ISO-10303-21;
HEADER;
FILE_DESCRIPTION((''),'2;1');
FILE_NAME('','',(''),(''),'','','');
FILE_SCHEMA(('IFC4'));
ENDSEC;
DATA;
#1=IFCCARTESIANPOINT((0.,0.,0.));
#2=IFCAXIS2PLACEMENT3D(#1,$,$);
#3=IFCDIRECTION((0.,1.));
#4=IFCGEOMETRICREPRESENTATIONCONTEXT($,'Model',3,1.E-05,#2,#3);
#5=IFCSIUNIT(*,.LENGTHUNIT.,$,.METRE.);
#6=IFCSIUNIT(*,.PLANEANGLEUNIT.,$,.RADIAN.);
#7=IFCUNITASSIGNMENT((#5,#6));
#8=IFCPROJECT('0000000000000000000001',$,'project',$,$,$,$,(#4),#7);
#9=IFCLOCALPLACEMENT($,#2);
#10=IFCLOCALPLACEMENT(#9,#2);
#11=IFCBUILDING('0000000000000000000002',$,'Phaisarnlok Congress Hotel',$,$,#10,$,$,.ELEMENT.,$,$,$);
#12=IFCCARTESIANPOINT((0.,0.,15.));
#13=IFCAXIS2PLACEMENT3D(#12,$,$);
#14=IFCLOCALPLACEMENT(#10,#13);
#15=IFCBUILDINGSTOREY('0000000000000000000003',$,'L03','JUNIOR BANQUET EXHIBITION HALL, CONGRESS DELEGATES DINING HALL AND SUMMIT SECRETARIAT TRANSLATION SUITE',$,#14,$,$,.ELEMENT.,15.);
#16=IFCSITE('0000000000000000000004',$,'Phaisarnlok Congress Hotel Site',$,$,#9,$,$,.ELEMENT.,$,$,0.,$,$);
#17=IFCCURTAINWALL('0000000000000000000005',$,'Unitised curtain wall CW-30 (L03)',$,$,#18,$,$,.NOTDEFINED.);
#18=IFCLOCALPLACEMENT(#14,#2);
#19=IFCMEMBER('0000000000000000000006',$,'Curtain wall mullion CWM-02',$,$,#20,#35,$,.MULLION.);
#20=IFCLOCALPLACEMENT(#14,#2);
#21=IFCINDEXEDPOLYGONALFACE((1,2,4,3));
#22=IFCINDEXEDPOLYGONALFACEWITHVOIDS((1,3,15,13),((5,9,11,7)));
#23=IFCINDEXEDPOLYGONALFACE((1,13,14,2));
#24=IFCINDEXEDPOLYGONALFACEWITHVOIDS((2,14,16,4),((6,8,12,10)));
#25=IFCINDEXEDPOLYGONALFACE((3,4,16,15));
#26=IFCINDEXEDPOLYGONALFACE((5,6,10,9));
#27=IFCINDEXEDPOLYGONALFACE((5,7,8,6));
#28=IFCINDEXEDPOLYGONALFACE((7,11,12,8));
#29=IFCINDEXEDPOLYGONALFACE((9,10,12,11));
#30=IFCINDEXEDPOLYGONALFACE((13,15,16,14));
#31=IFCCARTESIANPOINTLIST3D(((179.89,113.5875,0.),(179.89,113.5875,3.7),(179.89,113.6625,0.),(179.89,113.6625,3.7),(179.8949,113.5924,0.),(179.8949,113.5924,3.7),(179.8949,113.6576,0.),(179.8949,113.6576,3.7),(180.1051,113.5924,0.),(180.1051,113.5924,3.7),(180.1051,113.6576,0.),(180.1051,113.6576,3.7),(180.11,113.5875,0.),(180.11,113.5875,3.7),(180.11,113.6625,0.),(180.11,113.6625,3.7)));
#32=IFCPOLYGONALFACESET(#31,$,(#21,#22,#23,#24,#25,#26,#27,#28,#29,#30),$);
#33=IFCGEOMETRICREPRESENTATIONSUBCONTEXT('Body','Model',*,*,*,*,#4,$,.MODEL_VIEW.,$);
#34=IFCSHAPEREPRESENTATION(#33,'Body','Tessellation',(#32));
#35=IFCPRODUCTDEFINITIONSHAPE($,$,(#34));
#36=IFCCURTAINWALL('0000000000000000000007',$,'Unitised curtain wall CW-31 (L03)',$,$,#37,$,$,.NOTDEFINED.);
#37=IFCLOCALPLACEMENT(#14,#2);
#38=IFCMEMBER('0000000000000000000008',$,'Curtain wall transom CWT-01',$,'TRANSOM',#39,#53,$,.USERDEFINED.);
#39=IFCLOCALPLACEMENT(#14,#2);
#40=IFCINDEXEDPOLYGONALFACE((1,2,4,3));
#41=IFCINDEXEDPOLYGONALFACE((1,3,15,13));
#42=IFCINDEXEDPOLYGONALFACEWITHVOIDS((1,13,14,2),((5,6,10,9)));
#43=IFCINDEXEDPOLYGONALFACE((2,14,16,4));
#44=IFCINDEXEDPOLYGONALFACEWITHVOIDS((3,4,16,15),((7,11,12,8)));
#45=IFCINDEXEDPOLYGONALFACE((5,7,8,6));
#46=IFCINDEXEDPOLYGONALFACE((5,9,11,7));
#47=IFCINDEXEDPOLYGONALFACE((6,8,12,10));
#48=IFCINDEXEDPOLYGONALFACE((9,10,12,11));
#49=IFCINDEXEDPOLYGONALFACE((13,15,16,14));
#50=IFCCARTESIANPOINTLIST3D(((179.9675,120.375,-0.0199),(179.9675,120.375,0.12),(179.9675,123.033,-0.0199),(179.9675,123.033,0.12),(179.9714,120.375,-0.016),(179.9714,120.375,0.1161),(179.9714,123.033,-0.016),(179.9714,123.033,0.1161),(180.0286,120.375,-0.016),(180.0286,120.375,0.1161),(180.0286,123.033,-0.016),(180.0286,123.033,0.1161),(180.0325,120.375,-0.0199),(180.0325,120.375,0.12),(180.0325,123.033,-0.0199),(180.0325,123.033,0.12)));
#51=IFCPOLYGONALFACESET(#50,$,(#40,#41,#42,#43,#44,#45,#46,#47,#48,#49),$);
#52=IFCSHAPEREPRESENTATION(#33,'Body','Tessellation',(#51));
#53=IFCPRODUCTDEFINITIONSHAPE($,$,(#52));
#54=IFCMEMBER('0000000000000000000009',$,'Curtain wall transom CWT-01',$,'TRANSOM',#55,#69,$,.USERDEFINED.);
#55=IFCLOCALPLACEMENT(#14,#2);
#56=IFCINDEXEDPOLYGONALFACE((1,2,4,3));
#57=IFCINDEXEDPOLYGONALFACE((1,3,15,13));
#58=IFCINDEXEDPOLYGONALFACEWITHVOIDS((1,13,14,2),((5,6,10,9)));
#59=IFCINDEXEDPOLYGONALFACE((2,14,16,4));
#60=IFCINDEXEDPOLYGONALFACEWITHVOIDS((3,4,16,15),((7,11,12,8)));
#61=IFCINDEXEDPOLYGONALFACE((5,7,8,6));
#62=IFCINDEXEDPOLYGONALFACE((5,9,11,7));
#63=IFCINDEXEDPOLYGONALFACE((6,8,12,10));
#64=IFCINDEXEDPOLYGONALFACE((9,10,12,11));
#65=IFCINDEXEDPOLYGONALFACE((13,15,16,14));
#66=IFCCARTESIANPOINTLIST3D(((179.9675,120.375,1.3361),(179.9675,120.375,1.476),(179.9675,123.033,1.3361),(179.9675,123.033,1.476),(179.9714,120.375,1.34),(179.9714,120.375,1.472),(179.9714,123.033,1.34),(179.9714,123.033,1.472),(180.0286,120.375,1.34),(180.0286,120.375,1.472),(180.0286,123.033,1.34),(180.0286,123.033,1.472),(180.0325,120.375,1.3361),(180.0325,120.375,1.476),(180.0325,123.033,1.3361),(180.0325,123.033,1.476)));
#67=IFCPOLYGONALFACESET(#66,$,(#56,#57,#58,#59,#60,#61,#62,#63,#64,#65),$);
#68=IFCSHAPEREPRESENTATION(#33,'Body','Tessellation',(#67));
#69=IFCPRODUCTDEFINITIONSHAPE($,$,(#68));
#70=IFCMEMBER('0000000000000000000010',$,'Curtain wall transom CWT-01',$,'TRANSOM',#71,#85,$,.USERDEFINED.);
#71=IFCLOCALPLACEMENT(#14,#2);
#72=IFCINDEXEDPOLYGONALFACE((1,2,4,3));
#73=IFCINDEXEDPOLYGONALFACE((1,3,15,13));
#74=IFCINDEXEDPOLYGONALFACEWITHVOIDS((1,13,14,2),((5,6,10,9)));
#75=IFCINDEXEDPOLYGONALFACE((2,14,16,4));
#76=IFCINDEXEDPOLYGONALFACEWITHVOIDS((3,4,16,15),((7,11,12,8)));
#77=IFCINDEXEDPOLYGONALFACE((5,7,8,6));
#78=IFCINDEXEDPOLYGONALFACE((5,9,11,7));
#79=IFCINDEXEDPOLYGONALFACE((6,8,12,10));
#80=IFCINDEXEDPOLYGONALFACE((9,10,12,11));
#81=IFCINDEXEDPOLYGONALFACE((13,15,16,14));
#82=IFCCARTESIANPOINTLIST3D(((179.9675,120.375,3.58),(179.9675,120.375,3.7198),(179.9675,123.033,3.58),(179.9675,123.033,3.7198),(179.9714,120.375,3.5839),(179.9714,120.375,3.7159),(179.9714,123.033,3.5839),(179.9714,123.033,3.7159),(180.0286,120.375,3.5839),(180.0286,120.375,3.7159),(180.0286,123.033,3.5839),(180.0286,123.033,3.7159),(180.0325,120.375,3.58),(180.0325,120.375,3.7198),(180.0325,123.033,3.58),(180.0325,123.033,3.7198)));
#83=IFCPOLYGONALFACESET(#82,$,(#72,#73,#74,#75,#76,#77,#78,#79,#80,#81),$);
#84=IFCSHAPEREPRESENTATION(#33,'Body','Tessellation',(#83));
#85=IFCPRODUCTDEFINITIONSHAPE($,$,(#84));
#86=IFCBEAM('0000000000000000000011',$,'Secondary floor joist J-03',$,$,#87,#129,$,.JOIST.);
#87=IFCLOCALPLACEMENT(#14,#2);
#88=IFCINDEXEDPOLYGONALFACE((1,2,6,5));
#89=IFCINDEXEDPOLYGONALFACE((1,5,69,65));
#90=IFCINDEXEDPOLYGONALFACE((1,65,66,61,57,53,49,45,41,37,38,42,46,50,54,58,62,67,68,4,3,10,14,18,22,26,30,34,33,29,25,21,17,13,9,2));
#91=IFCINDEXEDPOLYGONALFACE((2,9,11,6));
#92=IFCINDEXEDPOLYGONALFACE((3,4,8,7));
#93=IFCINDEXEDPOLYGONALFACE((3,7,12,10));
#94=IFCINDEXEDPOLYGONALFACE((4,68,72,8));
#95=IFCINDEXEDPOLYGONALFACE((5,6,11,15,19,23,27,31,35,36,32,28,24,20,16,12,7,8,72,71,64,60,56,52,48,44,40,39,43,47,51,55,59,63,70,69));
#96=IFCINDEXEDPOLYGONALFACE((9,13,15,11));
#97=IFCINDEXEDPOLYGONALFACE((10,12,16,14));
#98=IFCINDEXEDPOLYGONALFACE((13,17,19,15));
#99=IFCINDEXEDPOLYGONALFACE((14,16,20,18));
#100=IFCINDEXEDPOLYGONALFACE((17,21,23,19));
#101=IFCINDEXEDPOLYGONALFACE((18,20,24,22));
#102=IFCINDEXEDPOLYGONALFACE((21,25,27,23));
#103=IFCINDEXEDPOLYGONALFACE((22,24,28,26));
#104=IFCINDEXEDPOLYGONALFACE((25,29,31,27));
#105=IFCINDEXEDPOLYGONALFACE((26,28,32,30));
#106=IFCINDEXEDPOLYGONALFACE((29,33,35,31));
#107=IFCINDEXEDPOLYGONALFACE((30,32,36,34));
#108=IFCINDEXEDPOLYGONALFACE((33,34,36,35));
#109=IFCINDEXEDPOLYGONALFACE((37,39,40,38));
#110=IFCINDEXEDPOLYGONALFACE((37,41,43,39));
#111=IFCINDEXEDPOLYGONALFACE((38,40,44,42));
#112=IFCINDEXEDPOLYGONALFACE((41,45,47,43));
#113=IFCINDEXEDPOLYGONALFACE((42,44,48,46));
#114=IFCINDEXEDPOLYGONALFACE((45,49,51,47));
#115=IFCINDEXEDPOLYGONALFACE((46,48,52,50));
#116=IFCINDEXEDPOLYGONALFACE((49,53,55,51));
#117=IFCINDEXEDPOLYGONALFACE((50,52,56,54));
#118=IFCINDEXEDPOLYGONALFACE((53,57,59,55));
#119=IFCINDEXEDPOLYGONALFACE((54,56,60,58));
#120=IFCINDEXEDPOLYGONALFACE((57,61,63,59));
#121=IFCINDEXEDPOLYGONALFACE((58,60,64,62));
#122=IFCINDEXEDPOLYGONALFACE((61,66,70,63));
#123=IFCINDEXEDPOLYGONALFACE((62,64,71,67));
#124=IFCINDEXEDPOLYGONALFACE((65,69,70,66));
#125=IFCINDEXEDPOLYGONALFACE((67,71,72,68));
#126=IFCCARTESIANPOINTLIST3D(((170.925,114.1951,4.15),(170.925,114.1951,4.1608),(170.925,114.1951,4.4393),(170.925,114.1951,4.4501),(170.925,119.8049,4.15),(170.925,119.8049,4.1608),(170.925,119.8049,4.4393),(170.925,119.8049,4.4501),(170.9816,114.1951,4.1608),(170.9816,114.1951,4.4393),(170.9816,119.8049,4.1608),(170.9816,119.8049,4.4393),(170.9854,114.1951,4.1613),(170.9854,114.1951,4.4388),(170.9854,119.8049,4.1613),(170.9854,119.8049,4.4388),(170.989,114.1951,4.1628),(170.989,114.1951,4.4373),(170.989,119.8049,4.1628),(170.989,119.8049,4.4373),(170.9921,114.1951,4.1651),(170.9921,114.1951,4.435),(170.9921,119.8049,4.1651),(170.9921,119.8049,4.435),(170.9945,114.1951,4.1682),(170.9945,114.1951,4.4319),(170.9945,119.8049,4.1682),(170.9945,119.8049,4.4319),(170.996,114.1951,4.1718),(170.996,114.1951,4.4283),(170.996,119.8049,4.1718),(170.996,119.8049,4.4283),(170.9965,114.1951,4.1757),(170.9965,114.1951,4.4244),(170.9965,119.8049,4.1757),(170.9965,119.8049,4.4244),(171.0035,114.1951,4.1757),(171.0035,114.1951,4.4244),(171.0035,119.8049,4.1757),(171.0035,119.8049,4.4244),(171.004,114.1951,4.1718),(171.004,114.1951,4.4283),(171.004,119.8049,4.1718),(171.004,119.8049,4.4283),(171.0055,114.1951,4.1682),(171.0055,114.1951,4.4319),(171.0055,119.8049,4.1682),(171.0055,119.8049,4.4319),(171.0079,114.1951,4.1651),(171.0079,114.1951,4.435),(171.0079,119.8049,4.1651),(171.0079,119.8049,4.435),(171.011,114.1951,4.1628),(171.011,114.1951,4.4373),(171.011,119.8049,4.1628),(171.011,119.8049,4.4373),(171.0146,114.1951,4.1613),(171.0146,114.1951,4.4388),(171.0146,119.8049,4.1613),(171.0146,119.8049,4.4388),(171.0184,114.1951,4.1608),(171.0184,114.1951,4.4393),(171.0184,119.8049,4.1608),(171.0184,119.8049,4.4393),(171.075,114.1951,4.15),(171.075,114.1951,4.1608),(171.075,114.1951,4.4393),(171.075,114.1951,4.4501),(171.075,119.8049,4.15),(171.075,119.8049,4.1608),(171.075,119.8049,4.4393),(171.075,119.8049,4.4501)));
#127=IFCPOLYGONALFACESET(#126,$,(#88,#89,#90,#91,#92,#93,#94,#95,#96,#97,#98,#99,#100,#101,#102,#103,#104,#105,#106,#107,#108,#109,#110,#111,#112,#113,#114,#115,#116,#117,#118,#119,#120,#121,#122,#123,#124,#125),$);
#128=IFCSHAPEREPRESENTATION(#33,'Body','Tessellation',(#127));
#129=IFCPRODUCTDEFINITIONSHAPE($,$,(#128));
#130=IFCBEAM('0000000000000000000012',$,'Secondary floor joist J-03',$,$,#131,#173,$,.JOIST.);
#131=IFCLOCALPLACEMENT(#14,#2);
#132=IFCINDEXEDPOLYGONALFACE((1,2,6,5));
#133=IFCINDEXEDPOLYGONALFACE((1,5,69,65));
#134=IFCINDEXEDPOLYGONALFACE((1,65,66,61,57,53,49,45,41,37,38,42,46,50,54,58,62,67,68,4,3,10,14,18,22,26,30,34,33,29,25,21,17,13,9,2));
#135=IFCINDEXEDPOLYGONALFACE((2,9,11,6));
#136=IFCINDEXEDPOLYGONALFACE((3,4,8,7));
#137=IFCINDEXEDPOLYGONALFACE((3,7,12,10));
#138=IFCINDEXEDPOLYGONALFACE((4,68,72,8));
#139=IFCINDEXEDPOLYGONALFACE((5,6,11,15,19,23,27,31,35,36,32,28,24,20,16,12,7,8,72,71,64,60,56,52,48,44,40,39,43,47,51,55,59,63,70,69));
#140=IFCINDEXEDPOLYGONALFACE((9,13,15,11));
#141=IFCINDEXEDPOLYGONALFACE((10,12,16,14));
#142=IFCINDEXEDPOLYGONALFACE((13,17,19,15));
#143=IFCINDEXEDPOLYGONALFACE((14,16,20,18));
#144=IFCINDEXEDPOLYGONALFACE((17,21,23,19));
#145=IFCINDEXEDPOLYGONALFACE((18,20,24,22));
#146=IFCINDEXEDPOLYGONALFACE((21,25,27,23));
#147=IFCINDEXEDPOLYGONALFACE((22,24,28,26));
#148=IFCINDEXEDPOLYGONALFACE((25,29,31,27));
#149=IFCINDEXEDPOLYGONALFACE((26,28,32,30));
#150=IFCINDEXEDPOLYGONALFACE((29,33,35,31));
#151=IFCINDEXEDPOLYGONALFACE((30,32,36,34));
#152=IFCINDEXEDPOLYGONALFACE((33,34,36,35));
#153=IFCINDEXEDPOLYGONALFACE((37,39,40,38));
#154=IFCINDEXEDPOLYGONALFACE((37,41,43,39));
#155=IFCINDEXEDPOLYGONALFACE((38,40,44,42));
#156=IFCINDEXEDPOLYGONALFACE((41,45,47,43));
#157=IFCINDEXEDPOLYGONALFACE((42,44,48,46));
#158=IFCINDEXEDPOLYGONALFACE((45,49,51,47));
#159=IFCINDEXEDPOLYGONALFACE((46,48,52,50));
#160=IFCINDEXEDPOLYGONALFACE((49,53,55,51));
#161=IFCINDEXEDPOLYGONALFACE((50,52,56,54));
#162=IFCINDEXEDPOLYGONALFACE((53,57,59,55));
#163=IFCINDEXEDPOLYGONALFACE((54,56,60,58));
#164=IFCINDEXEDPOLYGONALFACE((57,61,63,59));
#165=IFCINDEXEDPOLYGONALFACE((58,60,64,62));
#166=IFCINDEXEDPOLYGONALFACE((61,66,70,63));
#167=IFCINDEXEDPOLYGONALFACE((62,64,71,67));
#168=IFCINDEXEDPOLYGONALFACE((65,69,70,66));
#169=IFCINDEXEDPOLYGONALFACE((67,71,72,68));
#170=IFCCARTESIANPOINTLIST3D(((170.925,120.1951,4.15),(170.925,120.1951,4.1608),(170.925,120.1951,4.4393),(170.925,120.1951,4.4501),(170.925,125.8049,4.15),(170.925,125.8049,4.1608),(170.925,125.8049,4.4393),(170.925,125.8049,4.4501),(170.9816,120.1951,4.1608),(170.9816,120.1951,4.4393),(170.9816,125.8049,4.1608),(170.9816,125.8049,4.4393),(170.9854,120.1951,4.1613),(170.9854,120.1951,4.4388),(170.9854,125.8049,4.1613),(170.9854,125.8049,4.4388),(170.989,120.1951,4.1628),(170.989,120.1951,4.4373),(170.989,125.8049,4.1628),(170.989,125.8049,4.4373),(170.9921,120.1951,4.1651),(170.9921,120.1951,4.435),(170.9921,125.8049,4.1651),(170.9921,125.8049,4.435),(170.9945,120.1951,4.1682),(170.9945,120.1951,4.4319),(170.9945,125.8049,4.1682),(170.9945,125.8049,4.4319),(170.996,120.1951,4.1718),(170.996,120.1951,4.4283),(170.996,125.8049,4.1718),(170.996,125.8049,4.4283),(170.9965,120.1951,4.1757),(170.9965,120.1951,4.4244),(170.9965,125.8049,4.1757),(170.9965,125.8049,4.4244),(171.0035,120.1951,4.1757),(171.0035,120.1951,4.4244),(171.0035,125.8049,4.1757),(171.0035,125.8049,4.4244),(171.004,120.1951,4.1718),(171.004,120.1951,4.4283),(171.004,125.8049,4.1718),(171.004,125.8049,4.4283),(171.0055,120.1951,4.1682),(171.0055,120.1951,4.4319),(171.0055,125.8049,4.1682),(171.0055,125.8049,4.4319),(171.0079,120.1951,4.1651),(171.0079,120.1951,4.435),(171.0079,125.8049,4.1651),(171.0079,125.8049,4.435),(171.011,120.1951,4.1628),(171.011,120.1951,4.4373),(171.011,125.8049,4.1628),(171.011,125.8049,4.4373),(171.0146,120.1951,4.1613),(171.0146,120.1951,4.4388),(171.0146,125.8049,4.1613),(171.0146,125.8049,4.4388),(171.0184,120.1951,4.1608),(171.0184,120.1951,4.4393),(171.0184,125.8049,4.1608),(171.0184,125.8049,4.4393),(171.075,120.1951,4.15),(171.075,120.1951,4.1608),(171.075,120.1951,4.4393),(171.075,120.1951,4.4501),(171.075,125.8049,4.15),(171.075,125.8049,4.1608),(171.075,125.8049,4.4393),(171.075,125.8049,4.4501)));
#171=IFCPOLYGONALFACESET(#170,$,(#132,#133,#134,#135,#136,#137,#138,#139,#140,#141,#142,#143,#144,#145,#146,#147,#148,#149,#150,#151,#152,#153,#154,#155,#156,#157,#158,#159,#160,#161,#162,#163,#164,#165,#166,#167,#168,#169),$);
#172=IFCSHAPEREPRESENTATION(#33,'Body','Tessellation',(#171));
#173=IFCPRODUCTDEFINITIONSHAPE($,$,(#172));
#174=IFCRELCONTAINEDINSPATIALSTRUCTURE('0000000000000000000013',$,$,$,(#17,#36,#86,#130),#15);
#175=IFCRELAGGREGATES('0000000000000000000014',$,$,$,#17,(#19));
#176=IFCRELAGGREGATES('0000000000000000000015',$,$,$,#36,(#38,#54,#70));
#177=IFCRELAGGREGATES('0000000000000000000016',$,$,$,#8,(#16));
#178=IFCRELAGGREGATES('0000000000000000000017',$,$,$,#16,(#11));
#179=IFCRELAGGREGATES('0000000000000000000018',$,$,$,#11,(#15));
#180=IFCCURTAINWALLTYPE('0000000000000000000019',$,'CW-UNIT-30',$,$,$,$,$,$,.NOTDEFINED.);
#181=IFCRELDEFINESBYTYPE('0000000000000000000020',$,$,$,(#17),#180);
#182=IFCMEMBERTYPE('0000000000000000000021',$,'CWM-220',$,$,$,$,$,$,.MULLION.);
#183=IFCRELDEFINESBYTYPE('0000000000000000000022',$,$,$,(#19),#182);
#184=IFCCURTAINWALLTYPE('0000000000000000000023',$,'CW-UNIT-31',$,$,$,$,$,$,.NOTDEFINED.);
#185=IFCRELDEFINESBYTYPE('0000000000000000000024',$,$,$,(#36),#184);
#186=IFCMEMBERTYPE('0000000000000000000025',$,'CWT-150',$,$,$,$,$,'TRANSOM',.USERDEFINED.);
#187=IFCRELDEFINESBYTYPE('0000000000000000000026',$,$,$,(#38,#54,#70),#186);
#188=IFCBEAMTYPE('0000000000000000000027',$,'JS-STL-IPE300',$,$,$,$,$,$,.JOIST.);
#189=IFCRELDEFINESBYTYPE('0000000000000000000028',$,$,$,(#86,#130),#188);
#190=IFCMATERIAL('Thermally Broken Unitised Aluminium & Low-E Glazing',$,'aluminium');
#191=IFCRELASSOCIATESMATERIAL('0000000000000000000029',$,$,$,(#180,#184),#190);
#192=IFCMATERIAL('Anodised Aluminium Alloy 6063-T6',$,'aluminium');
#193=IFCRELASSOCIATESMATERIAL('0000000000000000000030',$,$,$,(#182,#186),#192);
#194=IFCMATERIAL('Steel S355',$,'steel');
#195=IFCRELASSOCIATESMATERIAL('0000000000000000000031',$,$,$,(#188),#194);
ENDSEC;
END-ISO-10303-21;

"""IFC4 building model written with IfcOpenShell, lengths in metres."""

from ifc_helpers import new_model, si_unit, direction, frame, origin, origin_2d, place, context, subcontext, project, spatial, hollow_rectangle, i_section, extrude, material, material_profile, profile_set, type_object, element, aggregate, save


model = new_model("IFC4")

# Units and contexts
model_context = context("Model", 3, precision=1e-05, world=origin(), true_north=direction((0.0, 1.0)))
body_context = subcontext(model_context, "Body", "Model", "MODEL_VIEW")
ifc_project = project(units=[si_unit("LENGTHUNIT", "METRE"), si_unit("PLANEANGLEUNIT", "RADIAN")], contexts=[model_context])

# Site, building, storey
site_placement = place(None, origin())
site = spatial("IfcSite", under=ifc_project, at=site_placement, Name="Phaisarnlok Congress Hotel Site", CompositionType="ELEMENT", RefElevation=0.0)
building_placement = place(site_placement, origin())
building = spatial("IfcBuilding", under=site, at=building_placement, Name="Phaisarnlok Congress Hotel", CompositionType="ELEMENT")
storey_placement = place(building_placement, frame((0.0, 0.0, 15.0)))
storey = spatial("IfcBuildingStorey", under=building, at=storey_placement, Name="L03", Description="JUNIOR BANQUET EXHIBITION HALL, CONGRESS DELEGATES DINING HALL AND SUMMIT SECRETARIAT TRANSLATION SUITE", CompositionType="ELEMENT", Elevation=15.0)

# Shared definitions
ifc_material_1 = material(Name="Steel S355", Category="steel")

# Curtain wall, member
ifc_material_2 = material(Name="Thermally Broken Unitised Aluminium & Low-E Glazing", Category="aluminium")
curtain_wall_type_1 = type_object("IfcCurtainWallType", Name="CW-UNIT-30", PredefinedType="NOTDEFINED", material=ifc_material_2)
curtain_wall_1_placement = place(storey_placement, origin())
curtain_wall_1 = element("IfcCurtainWall", 1, at=curtain_wall_1_placement, inside=storey, type_object=curtain_wall_type_1, Name="Unitised curtain wall CW-30 (L03)", PredefinedType="NOTDEFINED")
ifc_material_3 = material(Name="Anodised Aluminium Alloy 6063-T6", Category="aluminium")
ifc_material_profile_1 = material_profile(ifc_material_3, hollow_rectangle(XDim=0.075, YDim=0.22, WallThickness=0.0049, at=origin_2d()), Name="ALU-M 75x220x5")
ifc_profile_set_1 = profile_set([ifc_material_profile_1], Name="Anodised Aluminium Alloy 6063-T6")
member_type_1 = type_object("IfcMemberType", Name="CWM-220", PredefinedType="MULLION", material=ifc_profile_set_1)
member_1_placement = place(storey_placement, frame((180.0, 113.625, 0.0), z_axis=(0.0, 0.0, 1.0), x_axis=(0.0, 1.0, 0.0)))
member_1 = element("IfcMember", 2, at=member_1_placement, type_object=member_type_1, Name="Curtain wall mullion CWM-02", PredefinedType="MULLION", context=body_context, shape_type="SweptSolid", body=[
    extrude(hollow_rectangle(XDim=0.075, YDim=0.22, WallThickness=0.0049, at=origin_2d()), origin(), (0.0, 0.0, 1.0), 3.7),
])

# Curtain wall, members
curtain_wall_type_2 = type_object("IfcCurtainWallType", Name="CW-UNIT-31", PredefinedType="NOTDEFINED", material=ifc_material_2)
curtain_wall_2_placement = place(storey_placement, origin())
curtain_wall_2 = element("IfcCurtainWall", 3, at=curtain_wall_2_placement, inside=storey, type_object=curtain_wall_type_2, Name="Unitised curtain wall CW-31 (L03)", PredefinedType="NOTDEFINED")
ifc_material_profile_2 = material_profile(ifc_material_3, hollow_rectangle(XDim=0.0649, YDim=0.1399, WallThickness=0.0039, at=origin_2d()), Name="ALU-T 65x140x4")
ifc_profile_set_2 = profile_set([ifc_material_profile_2], Name="Anodised Aluminium Alloy 6063-T6")
member_type_2 = type_object("IfcMemberType", Name="CWT-150", ElementType="TRANSOM", PredefinedType="USERDEFINED", material=ifc_profile_set_2)
member_2_placement = place(storey_placement, frame((180.0, 120.375, 0.05), z_axis=(0.0, 1.0, 0.0), x_axis=(-1.0, 0.0, 0.0)))
member_2 = element("IfcMember", 4, at=member_2_placement, type_object=member_type_2, Name="Curtain wall transom CWT-01", ObjectType="TRANSOM", PredefinedType="USERDEFINED", context=body_context, shape_type="SweptSolid", body=[
    extrude(hollow_rectangle(XDim=0.0649, YDim=0.1399, WallThickness=0.0039, at=origin_2d()), origin(), (0.0, 0.0, 1.0), 2.658),
])
member_3_placement = place(storey_placement, frame((180.0, 120.375, 1.406), z_axis=(0.0, 1.0, 0.0), x_axis=(-1.0, 0.0, 0.0)))
member_3 = element("IfcMember", 5, at=member_3_placement, type_object=member_type_2, Name="Curtain wall transom CWT-01", ObjectType="TRANSOM", PredefinedType="USERDEFINED", context=body_context, shape_type="SweptSolid", body=[
    extrude(hollow_rectangle(XDim=0.0649, YDim=0.1399, WallThickness=0.0039, at=origin_2d()), origin(), (0.0, 0.0, 1.0), 2.658),
])
member_4_placement = place(storey_placement, frame((180.0, 120.375, 3.6499), z_axis=(0.0, 1.0, 0.0), x_axis=(-1.0, 0.0, 0.0)))
member_4 = element("IfcMember", 6, at=member_4_placement, type_object=member_type_2, Name="Curtain wall transom CWT-01", ObjectType="TRANSOM", PredefinedType="USERDEFINED", context=body_context, shape_type="SweptSolid", body=[
    extrude(hollow_rectangle(XDim=0.0649, YDim=0.1399, WallThickness=0.0039, at=origin_2d()), origin(), (0.0, 0.0, 1.0), 2.658),
])

# Beams
ifc_material_profile_3 = material_profile(ifc_material_1, i_section(OverallWidth=0.1499, OverallDepth=0.3, WebThickness=0.0071, FlangeThickness=0.0107, FilletRadius=0.0149, at=origin_2d()), Name="IPE 300")
ifc_profile_set_3 = profile_set([ifc_material_profile_3], Name="Steel S355")
beam_type_1 = type_object("IfcBeamType", Name="JS-STL-IPE300", PredefinedType="JOIST", material=ifc_profile_set_3)
for number, where, z_axis, x_axis, name in (
    (7, (171.0, 114.1951, 4.3), (0.0, 1.0, 0.0), (-1.0, 0.0, 0.0), "Secondary floor joist J-03"),
    (8, (171.0, 120.1951, 4.3), (0.0, 1.0, 0.0), (-1.0, 0.0, 0.0), "Secondary floor joist J-03"),
):
    element("IfcBeam", number, at=place(storey_placement, frame(where, z_axis=z_axis, x_axis=x_axis)), inside=storey, type_object=beam_type_1, Name=name, PredefinedType="JOIST", context=body_context, shape_type="SweptSolid", body=[
        extrude(i_section(OverallWidth=0.1499, OverallDepth=0.3, WebThickness=0.0071, FlangeThickness=0.0107, FilletRadius=0.0149, at=origin_2d()), origin(), (0.0, 0.0, 1.0), 5.6099),
    ])

aggregate(curtain_wall_1, [member_1])
aggregate(curtain_wall_2, [member_2, member_3, member_4])

save(model, "model.ifc")
